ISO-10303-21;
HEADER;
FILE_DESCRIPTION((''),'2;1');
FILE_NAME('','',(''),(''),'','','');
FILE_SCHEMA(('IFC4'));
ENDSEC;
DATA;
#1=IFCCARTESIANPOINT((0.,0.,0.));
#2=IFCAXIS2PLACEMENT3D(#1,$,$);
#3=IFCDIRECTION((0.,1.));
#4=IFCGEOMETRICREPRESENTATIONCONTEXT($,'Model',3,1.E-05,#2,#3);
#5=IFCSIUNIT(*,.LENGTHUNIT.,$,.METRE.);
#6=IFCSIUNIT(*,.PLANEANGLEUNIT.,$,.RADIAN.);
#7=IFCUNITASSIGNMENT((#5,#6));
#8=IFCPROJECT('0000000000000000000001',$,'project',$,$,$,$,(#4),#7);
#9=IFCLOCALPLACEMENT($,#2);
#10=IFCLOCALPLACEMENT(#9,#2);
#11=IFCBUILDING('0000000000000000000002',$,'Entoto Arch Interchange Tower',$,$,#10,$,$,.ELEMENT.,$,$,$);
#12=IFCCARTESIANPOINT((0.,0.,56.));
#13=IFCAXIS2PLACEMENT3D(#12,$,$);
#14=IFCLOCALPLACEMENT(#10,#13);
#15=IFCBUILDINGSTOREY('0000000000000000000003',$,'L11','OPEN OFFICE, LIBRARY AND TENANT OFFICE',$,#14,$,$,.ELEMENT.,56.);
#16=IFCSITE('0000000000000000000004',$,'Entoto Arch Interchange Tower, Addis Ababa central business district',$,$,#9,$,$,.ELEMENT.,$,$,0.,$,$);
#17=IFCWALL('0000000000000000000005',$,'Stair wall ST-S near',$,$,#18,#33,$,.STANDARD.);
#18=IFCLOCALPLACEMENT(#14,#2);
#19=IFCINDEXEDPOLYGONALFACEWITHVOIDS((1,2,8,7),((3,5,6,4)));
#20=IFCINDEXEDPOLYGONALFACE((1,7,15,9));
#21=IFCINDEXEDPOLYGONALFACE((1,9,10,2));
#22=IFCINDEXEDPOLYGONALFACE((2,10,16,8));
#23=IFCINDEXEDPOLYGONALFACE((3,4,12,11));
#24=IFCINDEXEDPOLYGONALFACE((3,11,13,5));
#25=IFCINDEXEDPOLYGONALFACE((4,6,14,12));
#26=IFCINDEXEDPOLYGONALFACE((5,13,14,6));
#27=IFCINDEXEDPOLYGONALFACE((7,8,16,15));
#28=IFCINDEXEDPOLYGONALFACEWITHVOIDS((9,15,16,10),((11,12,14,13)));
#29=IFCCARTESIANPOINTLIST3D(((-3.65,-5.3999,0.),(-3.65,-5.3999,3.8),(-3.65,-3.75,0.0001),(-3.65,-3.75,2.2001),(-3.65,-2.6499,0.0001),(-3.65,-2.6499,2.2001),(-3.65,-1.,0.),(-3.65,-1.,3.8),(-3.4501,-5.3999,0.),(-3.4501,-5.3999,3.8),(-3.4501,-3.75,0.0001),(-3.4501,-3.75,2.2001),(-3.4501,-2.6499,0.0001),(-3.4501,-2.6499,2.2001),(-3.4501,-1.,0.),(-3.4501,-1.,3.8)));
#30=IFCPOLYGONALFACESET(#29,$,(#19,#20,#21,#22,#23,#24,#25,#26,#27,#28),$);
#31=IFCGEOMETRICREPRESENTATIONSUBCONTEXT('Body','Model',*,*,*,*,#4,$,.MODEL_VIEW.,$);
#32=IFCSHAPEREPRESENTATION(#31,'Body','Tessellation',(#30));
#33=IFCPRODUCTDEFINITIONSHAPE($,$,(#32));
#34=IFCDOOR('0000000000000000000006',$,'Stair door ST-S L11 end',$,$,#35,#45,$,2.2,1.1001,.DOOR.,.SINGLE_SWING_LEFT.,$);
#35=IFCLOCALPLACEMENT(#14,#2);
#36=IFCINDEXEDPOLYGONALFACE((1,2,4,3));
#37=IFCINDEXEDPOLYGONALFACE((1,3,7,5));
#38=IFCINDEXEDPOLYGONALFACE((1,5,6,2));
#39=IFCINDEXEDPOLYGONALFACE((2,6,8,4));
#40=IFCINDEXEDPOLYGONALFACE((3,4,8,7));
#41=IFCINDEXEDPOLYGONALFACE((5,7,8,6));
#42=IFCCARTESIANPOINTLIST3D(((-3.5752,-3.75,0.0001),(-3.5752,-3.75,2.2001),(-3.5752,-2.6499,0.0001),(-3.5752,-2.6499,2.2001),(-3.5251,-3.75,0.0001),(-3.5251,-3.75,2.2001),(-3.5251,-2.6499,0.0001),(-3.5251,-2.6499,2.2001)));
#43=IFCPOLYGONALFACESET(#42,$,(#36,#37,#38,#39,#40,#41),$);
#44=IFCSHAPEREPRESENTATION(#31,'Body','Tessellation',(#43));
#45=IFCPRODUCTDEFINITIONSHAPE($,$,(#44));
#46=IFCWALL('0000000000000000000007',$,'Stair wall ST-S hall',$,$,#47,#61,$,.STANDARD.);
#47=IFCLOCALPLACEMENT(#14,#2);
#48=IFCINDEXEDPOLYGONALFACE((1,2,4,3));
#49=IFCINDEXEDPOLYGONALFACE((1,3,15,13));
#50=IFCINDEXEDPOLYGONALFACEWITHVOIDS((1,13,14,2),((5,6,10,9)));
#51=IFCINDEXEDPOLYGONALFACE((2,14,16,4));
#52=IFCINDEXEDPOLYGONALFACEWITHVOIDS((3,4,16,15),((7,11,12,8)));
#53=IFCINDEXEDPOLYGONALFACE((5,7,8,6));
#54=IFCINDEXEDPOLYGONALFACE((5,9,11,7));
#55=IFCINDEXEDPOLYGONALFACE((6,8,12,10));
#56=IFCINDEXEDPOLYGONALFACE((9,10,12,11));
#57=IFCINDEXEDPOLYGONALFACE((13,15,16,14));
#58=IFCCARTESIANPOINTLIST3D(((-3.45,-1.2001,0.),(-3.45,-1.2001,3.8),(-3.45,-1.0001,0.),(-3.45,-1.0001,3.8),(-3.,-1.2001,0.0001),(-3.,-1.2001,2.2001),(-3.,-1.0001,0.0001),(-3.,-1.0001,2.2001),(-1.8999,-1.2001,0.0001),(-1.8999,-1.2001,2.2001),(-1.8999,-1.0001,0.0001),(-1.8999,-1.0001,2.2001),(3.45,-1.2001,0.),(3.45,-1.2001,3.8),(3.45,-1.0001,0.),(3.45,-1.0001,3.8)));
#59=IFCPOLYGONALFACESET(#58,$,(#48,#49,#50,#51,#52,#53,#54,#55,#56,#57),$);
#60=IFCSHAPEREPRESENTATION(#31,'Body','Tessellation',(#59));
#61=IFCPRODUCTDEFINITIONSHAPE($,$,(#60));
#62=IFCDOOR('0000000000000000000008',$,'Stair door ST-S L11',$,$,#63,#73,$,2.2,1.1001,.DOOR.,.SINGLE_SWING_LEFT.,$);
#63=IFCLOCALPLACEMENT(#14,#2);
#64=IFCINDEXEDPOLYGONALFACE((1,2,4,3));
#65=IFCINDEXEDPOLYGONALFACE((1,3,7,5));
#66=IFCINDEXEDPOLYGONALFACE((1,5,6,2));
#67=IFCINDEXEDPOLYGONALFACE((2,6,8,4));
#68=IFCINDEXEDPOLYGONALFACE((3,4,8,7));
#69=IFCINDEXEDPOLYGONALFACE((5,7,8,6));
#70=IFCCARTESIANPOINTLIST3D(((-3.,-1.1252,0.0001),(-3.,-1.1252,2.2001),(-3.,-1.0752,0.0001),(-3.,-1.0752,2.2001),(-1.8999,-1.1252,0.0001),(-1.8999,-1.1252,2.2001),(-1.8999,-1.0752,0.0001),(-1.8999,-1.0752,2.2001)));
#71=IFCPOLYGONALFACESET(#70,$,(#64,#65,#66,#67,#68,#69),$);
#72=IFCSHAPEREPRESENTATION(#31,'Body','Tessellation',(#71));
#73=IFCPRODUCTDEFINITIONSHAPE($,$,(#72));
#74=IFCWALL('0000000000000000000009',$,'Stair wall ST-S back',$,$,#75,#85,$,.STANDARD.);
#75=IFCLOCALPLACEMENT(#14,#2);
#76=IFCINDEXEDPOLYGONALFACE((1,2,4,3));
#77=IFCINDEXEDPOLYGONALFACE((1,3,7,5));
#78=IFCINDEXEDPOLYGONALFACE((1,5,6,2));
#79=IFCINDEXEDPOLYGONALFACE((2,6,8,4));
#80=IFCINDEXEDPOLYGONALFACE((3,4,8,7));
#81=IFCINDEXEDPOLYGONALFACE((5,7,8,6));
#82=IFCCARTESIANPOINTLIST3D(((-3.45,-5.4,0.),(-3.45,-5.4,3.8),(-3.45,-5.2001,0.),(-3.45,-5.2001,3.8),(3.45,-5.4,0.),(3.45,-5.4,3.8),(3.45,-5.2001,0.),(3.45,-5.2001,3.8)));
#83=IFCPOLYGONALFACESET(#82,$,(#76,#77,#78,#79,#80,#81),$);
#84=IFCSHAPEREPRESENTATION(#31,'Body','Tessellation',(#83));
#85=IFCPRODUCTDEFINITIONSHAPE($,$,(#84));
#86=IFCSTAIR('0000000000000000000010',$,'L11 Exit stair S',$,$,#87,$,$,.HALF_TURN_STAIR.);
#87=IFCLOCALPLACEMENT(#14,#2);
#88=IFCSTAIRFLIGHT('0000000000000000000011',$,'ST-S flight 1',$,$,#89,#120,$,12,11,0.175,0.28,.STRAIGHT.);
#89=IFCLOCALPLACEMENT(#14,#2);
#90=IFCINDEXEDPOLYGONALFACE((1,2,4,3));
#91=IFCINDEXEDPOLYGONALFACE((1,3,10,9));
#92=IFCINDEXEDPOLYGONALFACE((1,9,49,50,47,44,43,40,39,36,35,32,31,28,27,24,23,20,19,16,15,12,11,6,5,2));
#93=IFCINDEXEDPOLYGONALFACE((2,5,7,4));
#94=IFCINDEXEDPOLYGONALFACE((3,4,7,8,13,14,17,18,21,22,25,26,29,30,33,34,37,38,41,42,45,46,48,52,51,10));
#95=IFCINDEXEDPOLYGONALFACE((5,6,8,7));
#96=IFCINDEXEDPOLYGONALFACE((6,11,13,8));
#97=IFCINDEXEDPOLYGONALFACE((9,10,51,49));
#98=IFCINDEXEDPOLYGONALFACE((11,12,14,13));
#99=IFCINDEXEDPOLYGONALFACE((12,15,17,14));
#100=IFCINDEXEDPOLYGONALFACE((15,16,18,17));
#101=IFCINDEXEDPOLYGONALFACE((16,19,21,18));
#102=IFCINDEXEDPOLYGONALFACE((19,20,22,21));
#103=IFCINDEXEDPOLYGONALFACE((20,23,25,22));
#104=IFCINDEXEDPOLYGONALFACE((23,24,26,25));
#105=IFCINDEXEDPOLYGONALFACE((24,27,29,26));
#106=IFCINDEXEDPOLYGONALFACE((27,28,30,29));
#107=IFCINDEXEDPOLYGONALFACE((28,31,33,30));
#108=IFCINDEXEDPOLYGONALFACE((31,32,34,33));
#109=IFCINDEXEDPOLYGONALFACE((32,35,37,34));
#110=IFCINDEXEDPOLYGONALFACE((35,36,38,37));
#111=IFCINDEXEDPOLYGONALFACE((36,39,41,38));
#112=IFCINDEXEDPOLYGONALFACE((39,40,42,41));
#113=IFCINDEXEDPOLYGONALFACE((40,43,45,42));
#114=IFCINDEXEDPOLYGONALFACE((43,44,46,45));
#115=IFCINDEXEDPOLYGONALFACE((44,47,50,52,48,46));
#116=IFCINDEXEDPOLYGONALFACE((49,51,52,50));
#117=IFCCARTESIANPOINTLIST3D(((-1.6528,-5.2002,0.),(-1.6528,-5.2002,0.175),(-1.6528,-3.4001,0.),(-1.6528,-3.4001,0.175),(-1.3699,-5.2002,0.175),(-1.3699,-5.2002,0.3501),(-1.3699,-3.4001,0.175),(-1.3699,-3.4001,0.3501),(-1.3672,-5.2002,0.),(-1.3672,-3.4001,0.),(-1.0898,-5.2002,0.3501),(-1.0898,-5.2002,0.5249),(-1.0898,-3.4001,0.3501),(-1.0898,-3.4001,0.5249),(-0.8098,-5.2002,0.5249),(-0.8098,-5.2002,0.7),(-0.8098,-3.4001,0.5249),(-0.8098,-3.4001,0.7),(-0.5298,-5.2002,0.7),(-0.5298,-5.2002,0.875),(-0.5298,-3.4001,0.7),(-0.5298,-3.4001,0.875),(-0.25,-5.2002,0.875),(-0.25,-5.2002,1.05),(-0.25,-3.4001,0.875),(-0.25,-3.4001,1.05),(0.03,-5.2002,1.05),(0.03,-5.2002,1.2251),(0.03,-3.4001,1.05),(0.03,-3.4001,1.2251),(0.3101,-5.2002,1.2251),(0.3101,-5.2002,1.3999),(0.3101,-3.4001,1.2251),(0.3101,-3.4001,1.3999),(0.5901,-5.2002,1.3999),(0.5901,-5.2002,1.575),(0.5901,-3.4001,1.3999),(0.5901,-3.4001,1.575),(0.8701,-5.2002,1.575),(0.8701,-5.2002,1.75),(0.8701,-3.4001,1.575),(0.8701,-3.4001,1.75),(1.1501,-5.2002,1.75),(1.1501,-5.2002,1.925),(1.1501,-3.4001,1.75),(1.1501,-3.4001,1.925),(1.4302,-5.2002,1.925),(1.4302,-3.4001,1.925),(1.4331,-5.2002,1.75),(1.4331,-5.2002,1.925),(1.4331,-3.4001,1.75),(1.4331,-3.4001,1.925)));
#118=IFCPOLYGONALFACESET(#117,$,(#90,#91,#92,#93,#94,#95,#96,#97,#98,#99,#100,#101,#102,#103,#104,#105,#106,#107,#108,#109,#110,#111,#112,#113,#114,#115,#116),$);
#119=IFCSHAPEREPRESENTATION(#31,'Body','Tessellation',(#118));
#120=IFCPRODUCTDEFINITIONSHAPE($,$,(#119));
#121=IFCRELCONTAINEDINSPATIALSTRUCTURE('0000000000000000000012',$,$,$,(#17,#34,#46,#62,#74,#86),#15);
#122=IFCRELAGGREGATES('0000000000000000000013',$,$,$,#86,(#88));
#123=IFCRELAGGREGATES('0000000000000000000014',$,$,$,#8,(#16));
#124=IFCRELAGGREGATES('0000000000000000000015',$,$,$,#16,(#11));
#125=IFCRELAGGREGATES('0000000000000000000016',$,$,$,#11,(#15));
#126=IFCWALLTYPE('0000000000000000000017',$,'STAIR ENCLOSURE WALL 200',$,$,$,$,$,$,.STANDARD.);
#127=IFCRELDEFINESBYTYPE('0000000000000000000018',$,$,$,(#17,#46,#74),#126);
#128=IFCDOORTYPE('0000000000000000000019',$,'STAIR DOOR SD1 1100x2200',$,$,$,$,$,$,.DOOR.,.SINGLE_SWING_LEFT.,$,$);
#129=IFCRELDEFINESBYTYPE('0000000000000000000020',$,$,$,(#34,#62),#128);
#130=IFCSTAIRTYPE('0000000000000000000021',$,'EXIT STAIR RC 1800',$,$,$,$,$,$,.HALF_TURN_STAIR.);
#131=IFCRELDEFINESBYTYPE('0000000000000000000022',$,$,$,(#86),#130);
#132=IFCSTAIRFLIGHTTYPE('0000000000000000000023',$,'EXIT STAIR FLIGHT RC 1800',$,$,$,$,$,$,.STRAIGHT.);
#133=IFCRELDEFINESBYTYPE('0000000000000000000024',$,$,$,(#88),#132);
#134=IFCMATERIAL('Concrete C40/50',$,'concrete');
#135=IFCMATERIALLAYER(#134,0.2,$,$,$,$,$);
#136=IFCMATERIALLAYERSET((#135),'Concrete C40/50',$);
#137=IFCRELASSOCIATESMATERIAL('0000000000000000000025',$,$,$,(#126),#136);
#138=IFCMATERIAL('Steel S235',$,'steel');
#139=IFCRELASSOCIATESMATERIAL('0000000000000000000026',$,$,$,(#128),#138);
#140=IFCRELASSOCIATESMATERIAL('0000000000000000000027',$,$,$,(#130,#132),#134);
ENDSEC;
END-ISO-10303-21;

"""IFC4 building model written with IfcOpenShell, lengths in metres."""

from ifc_helpers import new_model, si_unit, direction, frame, frame_2d, origin, place, context, subcontext, project, spatial, polyline, rectangle, outline, extrude, material, layer, layer_set, type_object, element, fill, aggregate, save


model = new_model("IFC4")

# Units and contexts
model_context = context("Model", 3, precision=1e-05, world=origin(), true_north=direction((0.0, 1.0)))
body_context = subcontext(model_context, "Body", "Model", "MODEL_VIEW")
ifc_project = project(units=[si_unit("LENGTHUNIT", "METRE"), si_unit("PLANEANGLEUNIT", "RADIAN")], contexts=[model_context])

# Site, building, storey
site_placement = place(None, origin())
site = spatial("IfcSite", under=ifc_project, at=site_placement, Name="Entoto Arch Interchange Tower, Addis Ababa central business district", CompositionType="ELEMENT", RefElevation=0.0)
building_placement = place(site_placement, origin())
building = spatial("IfcBuilding", under=site, at=building_placement, Name="Entoto Arch Interchange Tower", CompositionType="ELEMENT")
storey_placement = place(building_placement, frame((0.0, 0.0, 56.0)))
storey = spatial("IfcBuildingStorey", under=building, at=storey_placement, Name="L11", Description="OPEN OFFICE, LIBRARY AND TENANT OFFICE", CompositionType="ELEMENT", Elevation=56.0)

# Shared definitions
ifc_material_1 = material(Name="Concrete C40/50", Category="concrete")

# Walls, openings, doors
ifc_layer_1 = layer(ifc_material_1, 0.2)
ifc_layer_set_1 = layer_set([ifc_layer_1], Name="Concrete C40/50")
wall_type_1 = type_object("IfcWallType", Name="STAIR ENCLOSURE WALL 200", PredefinedType="STANDARD", material=ifc_layer_set_1)
wall_1_placement = place(storey_placement, frame((-3.55, -1.0, 0.0), z_axis=(0.0, 0.0, 1.0), x_axis=(0.0, -1.0, 0.0)))
wall_1 = element("IfcWall", 1, at=wall_1_placement, inside=storey, type_object=wall_type_1, Name="Stair wall ST-S near", PredefinedType="STANDARD", context=body_context, shape_type="SweptSolid", body=[
    extrude(rectangle(XDim=4.3999, YDim=0.2, at=frame_2d((2.2, 0.0))), origin(), (0.0, 0.0, 1.0), 3.8),
])
opening_1_placement = place(wall_1_placement, frame((1.6499, 0.0, 0.0)))
opening_1 = element("IfcOpeningElement", 2, at=opening_1_placement, cuts=wall_1, PredefinedType="OPENING", context=body_context, shape_type="SweptSolid", body=[
    extrude(rectangle(XDim=1.1001, YDim=2.2, at=frame_2d((0.55, 1.1001))), frame((0.0, 0.1099, 0.0), z_axis=(0.0, -1.0, 0.0), x_axis=(1.0, 0.0, 0.0)), (0.0, 0.0, 1.0), 0.22),
])
ifc_material_2 = material(Name="Steel S235", Category="steel")
door_type_1 = type_object("IfcDoorType", Name="STAIR DOOR SD1 1100x2200", OperationType="SINGLE_SWING_LEFT", PredefinedType="DOOR", material=ifc_material_2)
door_1_placement = place(opening_1_placement, origin())
door_1 = element("IfcDoor", 3, at=door_1_placement, inside=storey, type_object=door_type_1, Name="Stair door ST-S L11 end", OperationType="SINGLE_SWING_LEFT", OverallHeight=2.2, OverallWidth=1.1001, PredefinedType="DOOR", context=body_context, shape_type="SweptSolid", body=[
    extrude(rectangle(XDim=1.1001, YDim=2.2, at=frame_2d((0.55, 1.1001))), frame((0.0, 0.0249, 0.0), z_axis=(0.0, -1.0, 0.0), x_axis=(1.0, 0.0, 0.0)), (0.0, 0.0, 1.0), 0.05),
])
fill(opening_1, door_1)
wall_2_placement = place(storey_placement, frame((-3.45, -1.1001, 0.0), z_axis=(0.0, 0.0, 1.0), x_axis=(1.0, 0.0, 0.0)))
wall_2 = element("IfcWall", 4, at=wall_2_placement, inside=storey, type_object=wall_type_1, Name="Stair wall ST-S hall", PredefinedType="STANDARD", context=body_context, shape_type="SweptSolid", body=[
    extrude(rectangle(XDim=6.8999, YDim=0.2, at=frame_2d((3.45, 0.0))), origin(), (0.0, 0.0, 1.0), 3.8),
])
opening_2_placement = place(wall_2_placement, frame((0.45, 0.0, 0.0)))
opening_2 = element("IfcOpeningElement", 5, at=opening_2_placement, cuts=wall_2, PredefinedType="OPENING", context=body_context, shape_type="SweptSolid", body=[
    extrude(rectangle(XDim=1.1001, YDim=2.2, at=frame_2d((0.55, 1.1001))), frame((0.0, 0.1099, 0.0), z_axis=(0.0, -1.0, 0.0), x_axis=(1.0, 0.0, 0.0)), (0.0, 0.0, 1.0), 0.22),
])
door_2_placement = place(opening_2_placement, origin())
door_2 = element("IfcDoor", 6, at=door_2_placement, inside=storey, type_object=door_type_1, Name="Stair door ST-S L11", OperationType="SINGLE_SWING_LEFT", OverallHeight=2.2, OverallWidth=1.1001, PredefinedType="DOOR", context=body_context, shape_type="SweptSolid", body=[
    extrude(rectangle(XDim=1.1001, YDim=2.2, at=frame_2d((0.55, 1.1001))), frame((0.0, 0.0249, 0.0), z_axis=(0.0, -1.0, 0.0), x_axis=(1.0, 0.0, 0.0)), (0.0, 0.0, 1.0), 0.05),
])
fill(opening_2, door_2)

# Wall
wall_3_placement = place(storey_placement, frame((-3.45, -5.3, 0.0), z_axis=(0.0, 0.0, 1.0), x_axis=(1.0, 0.0, 0.0)))
element("IfcWall", 7, at=wall_3_placement, inside=storey, type_object=wall_type_1, Name="Stair wall ST-S back", PredefinedType="STANDARD", context=body_context, shape_type="SweptSolid", body=[
    extrude(rectangle(XDim=6.8999, YDim=0.2, at=frame_2d((3.45, 0.0))), origin(), (0.0, 0.0, 1.0), 3.8),
])

# Stair, stair flight
stair_type = type_object("IfcStairType", Name="EXIT STAIR RC 1800", PredefinedType="HALF_TURN_STAIR", material=ifc_material_1)
stair_placement = place(storey_placement, origin())
stair = element("IfcStair", 8, at=stair_placement, inside=storey, type_object=stair_type, Name="L11 Exit stair S", PredefinedType="HALF_TURN_STAIR")
stair_flight_type = type_object("IfcStairFlightType", Name="EXIT STAIR FLIGHT RC 1800", PredefinedType="STRAIGHT", material=ifc_material_1)
stair_flight_placement = place(storey_placement, frame((-1.6499, -4.3, 0.0), z_axis=(0.0, 0.0, 1.0), x_axis=(1.0, 0.0, 0.0)))
stair_flight = element("IfcStairFlight", 9, at=stair_flight_placement, type_object=stair_flight_type, Name="ST-S flight 1", NumberOfRisers=12, NumberOfTreads=11, PredefinedType="STRAIGHT", RiserHeight=0.175, TreadLength=0.28, context=body_context, shape_type="SweptSolid", body=[
    extrude(outline(polyline([(-0.0029, 0.0), (-0.0029, 0.175), (0.28, 0.175), (0.28, 0.3501), (0.5601, 0.3501), (0.5601, 0.5249), (0.8401, 0.5249), (0.8401, 0.7), (1.1201, 0.7), (1.1201, 0.875), (1.3999, 0.875), (1.3999, 1.05), (1.6799, 1.05), (1.6799, 1.2251), (1.96, 1.2251), (1.96, 1.3999), (2.24, 1.3999), (2.24, 1.575), (2.52, 1.575), (2.52, 1.75), (2.8, 1.75), (2.8, 1.925), (3.0801, 1.925), (3.083, 1.925), (3.083, 1.75), (0.2827, 0.0), (-0.0029, 0.0)])), frame((0.0, 0.8999, 0.0), z_axis=(0.0, -1.0, 0.0), x_axis=(1.0, 0.0, 0.0)), (0.0, 0.0, 1.0), 1.8),
])
aggregate(stair, [stair_flight])

save(model, "model.ifc")
